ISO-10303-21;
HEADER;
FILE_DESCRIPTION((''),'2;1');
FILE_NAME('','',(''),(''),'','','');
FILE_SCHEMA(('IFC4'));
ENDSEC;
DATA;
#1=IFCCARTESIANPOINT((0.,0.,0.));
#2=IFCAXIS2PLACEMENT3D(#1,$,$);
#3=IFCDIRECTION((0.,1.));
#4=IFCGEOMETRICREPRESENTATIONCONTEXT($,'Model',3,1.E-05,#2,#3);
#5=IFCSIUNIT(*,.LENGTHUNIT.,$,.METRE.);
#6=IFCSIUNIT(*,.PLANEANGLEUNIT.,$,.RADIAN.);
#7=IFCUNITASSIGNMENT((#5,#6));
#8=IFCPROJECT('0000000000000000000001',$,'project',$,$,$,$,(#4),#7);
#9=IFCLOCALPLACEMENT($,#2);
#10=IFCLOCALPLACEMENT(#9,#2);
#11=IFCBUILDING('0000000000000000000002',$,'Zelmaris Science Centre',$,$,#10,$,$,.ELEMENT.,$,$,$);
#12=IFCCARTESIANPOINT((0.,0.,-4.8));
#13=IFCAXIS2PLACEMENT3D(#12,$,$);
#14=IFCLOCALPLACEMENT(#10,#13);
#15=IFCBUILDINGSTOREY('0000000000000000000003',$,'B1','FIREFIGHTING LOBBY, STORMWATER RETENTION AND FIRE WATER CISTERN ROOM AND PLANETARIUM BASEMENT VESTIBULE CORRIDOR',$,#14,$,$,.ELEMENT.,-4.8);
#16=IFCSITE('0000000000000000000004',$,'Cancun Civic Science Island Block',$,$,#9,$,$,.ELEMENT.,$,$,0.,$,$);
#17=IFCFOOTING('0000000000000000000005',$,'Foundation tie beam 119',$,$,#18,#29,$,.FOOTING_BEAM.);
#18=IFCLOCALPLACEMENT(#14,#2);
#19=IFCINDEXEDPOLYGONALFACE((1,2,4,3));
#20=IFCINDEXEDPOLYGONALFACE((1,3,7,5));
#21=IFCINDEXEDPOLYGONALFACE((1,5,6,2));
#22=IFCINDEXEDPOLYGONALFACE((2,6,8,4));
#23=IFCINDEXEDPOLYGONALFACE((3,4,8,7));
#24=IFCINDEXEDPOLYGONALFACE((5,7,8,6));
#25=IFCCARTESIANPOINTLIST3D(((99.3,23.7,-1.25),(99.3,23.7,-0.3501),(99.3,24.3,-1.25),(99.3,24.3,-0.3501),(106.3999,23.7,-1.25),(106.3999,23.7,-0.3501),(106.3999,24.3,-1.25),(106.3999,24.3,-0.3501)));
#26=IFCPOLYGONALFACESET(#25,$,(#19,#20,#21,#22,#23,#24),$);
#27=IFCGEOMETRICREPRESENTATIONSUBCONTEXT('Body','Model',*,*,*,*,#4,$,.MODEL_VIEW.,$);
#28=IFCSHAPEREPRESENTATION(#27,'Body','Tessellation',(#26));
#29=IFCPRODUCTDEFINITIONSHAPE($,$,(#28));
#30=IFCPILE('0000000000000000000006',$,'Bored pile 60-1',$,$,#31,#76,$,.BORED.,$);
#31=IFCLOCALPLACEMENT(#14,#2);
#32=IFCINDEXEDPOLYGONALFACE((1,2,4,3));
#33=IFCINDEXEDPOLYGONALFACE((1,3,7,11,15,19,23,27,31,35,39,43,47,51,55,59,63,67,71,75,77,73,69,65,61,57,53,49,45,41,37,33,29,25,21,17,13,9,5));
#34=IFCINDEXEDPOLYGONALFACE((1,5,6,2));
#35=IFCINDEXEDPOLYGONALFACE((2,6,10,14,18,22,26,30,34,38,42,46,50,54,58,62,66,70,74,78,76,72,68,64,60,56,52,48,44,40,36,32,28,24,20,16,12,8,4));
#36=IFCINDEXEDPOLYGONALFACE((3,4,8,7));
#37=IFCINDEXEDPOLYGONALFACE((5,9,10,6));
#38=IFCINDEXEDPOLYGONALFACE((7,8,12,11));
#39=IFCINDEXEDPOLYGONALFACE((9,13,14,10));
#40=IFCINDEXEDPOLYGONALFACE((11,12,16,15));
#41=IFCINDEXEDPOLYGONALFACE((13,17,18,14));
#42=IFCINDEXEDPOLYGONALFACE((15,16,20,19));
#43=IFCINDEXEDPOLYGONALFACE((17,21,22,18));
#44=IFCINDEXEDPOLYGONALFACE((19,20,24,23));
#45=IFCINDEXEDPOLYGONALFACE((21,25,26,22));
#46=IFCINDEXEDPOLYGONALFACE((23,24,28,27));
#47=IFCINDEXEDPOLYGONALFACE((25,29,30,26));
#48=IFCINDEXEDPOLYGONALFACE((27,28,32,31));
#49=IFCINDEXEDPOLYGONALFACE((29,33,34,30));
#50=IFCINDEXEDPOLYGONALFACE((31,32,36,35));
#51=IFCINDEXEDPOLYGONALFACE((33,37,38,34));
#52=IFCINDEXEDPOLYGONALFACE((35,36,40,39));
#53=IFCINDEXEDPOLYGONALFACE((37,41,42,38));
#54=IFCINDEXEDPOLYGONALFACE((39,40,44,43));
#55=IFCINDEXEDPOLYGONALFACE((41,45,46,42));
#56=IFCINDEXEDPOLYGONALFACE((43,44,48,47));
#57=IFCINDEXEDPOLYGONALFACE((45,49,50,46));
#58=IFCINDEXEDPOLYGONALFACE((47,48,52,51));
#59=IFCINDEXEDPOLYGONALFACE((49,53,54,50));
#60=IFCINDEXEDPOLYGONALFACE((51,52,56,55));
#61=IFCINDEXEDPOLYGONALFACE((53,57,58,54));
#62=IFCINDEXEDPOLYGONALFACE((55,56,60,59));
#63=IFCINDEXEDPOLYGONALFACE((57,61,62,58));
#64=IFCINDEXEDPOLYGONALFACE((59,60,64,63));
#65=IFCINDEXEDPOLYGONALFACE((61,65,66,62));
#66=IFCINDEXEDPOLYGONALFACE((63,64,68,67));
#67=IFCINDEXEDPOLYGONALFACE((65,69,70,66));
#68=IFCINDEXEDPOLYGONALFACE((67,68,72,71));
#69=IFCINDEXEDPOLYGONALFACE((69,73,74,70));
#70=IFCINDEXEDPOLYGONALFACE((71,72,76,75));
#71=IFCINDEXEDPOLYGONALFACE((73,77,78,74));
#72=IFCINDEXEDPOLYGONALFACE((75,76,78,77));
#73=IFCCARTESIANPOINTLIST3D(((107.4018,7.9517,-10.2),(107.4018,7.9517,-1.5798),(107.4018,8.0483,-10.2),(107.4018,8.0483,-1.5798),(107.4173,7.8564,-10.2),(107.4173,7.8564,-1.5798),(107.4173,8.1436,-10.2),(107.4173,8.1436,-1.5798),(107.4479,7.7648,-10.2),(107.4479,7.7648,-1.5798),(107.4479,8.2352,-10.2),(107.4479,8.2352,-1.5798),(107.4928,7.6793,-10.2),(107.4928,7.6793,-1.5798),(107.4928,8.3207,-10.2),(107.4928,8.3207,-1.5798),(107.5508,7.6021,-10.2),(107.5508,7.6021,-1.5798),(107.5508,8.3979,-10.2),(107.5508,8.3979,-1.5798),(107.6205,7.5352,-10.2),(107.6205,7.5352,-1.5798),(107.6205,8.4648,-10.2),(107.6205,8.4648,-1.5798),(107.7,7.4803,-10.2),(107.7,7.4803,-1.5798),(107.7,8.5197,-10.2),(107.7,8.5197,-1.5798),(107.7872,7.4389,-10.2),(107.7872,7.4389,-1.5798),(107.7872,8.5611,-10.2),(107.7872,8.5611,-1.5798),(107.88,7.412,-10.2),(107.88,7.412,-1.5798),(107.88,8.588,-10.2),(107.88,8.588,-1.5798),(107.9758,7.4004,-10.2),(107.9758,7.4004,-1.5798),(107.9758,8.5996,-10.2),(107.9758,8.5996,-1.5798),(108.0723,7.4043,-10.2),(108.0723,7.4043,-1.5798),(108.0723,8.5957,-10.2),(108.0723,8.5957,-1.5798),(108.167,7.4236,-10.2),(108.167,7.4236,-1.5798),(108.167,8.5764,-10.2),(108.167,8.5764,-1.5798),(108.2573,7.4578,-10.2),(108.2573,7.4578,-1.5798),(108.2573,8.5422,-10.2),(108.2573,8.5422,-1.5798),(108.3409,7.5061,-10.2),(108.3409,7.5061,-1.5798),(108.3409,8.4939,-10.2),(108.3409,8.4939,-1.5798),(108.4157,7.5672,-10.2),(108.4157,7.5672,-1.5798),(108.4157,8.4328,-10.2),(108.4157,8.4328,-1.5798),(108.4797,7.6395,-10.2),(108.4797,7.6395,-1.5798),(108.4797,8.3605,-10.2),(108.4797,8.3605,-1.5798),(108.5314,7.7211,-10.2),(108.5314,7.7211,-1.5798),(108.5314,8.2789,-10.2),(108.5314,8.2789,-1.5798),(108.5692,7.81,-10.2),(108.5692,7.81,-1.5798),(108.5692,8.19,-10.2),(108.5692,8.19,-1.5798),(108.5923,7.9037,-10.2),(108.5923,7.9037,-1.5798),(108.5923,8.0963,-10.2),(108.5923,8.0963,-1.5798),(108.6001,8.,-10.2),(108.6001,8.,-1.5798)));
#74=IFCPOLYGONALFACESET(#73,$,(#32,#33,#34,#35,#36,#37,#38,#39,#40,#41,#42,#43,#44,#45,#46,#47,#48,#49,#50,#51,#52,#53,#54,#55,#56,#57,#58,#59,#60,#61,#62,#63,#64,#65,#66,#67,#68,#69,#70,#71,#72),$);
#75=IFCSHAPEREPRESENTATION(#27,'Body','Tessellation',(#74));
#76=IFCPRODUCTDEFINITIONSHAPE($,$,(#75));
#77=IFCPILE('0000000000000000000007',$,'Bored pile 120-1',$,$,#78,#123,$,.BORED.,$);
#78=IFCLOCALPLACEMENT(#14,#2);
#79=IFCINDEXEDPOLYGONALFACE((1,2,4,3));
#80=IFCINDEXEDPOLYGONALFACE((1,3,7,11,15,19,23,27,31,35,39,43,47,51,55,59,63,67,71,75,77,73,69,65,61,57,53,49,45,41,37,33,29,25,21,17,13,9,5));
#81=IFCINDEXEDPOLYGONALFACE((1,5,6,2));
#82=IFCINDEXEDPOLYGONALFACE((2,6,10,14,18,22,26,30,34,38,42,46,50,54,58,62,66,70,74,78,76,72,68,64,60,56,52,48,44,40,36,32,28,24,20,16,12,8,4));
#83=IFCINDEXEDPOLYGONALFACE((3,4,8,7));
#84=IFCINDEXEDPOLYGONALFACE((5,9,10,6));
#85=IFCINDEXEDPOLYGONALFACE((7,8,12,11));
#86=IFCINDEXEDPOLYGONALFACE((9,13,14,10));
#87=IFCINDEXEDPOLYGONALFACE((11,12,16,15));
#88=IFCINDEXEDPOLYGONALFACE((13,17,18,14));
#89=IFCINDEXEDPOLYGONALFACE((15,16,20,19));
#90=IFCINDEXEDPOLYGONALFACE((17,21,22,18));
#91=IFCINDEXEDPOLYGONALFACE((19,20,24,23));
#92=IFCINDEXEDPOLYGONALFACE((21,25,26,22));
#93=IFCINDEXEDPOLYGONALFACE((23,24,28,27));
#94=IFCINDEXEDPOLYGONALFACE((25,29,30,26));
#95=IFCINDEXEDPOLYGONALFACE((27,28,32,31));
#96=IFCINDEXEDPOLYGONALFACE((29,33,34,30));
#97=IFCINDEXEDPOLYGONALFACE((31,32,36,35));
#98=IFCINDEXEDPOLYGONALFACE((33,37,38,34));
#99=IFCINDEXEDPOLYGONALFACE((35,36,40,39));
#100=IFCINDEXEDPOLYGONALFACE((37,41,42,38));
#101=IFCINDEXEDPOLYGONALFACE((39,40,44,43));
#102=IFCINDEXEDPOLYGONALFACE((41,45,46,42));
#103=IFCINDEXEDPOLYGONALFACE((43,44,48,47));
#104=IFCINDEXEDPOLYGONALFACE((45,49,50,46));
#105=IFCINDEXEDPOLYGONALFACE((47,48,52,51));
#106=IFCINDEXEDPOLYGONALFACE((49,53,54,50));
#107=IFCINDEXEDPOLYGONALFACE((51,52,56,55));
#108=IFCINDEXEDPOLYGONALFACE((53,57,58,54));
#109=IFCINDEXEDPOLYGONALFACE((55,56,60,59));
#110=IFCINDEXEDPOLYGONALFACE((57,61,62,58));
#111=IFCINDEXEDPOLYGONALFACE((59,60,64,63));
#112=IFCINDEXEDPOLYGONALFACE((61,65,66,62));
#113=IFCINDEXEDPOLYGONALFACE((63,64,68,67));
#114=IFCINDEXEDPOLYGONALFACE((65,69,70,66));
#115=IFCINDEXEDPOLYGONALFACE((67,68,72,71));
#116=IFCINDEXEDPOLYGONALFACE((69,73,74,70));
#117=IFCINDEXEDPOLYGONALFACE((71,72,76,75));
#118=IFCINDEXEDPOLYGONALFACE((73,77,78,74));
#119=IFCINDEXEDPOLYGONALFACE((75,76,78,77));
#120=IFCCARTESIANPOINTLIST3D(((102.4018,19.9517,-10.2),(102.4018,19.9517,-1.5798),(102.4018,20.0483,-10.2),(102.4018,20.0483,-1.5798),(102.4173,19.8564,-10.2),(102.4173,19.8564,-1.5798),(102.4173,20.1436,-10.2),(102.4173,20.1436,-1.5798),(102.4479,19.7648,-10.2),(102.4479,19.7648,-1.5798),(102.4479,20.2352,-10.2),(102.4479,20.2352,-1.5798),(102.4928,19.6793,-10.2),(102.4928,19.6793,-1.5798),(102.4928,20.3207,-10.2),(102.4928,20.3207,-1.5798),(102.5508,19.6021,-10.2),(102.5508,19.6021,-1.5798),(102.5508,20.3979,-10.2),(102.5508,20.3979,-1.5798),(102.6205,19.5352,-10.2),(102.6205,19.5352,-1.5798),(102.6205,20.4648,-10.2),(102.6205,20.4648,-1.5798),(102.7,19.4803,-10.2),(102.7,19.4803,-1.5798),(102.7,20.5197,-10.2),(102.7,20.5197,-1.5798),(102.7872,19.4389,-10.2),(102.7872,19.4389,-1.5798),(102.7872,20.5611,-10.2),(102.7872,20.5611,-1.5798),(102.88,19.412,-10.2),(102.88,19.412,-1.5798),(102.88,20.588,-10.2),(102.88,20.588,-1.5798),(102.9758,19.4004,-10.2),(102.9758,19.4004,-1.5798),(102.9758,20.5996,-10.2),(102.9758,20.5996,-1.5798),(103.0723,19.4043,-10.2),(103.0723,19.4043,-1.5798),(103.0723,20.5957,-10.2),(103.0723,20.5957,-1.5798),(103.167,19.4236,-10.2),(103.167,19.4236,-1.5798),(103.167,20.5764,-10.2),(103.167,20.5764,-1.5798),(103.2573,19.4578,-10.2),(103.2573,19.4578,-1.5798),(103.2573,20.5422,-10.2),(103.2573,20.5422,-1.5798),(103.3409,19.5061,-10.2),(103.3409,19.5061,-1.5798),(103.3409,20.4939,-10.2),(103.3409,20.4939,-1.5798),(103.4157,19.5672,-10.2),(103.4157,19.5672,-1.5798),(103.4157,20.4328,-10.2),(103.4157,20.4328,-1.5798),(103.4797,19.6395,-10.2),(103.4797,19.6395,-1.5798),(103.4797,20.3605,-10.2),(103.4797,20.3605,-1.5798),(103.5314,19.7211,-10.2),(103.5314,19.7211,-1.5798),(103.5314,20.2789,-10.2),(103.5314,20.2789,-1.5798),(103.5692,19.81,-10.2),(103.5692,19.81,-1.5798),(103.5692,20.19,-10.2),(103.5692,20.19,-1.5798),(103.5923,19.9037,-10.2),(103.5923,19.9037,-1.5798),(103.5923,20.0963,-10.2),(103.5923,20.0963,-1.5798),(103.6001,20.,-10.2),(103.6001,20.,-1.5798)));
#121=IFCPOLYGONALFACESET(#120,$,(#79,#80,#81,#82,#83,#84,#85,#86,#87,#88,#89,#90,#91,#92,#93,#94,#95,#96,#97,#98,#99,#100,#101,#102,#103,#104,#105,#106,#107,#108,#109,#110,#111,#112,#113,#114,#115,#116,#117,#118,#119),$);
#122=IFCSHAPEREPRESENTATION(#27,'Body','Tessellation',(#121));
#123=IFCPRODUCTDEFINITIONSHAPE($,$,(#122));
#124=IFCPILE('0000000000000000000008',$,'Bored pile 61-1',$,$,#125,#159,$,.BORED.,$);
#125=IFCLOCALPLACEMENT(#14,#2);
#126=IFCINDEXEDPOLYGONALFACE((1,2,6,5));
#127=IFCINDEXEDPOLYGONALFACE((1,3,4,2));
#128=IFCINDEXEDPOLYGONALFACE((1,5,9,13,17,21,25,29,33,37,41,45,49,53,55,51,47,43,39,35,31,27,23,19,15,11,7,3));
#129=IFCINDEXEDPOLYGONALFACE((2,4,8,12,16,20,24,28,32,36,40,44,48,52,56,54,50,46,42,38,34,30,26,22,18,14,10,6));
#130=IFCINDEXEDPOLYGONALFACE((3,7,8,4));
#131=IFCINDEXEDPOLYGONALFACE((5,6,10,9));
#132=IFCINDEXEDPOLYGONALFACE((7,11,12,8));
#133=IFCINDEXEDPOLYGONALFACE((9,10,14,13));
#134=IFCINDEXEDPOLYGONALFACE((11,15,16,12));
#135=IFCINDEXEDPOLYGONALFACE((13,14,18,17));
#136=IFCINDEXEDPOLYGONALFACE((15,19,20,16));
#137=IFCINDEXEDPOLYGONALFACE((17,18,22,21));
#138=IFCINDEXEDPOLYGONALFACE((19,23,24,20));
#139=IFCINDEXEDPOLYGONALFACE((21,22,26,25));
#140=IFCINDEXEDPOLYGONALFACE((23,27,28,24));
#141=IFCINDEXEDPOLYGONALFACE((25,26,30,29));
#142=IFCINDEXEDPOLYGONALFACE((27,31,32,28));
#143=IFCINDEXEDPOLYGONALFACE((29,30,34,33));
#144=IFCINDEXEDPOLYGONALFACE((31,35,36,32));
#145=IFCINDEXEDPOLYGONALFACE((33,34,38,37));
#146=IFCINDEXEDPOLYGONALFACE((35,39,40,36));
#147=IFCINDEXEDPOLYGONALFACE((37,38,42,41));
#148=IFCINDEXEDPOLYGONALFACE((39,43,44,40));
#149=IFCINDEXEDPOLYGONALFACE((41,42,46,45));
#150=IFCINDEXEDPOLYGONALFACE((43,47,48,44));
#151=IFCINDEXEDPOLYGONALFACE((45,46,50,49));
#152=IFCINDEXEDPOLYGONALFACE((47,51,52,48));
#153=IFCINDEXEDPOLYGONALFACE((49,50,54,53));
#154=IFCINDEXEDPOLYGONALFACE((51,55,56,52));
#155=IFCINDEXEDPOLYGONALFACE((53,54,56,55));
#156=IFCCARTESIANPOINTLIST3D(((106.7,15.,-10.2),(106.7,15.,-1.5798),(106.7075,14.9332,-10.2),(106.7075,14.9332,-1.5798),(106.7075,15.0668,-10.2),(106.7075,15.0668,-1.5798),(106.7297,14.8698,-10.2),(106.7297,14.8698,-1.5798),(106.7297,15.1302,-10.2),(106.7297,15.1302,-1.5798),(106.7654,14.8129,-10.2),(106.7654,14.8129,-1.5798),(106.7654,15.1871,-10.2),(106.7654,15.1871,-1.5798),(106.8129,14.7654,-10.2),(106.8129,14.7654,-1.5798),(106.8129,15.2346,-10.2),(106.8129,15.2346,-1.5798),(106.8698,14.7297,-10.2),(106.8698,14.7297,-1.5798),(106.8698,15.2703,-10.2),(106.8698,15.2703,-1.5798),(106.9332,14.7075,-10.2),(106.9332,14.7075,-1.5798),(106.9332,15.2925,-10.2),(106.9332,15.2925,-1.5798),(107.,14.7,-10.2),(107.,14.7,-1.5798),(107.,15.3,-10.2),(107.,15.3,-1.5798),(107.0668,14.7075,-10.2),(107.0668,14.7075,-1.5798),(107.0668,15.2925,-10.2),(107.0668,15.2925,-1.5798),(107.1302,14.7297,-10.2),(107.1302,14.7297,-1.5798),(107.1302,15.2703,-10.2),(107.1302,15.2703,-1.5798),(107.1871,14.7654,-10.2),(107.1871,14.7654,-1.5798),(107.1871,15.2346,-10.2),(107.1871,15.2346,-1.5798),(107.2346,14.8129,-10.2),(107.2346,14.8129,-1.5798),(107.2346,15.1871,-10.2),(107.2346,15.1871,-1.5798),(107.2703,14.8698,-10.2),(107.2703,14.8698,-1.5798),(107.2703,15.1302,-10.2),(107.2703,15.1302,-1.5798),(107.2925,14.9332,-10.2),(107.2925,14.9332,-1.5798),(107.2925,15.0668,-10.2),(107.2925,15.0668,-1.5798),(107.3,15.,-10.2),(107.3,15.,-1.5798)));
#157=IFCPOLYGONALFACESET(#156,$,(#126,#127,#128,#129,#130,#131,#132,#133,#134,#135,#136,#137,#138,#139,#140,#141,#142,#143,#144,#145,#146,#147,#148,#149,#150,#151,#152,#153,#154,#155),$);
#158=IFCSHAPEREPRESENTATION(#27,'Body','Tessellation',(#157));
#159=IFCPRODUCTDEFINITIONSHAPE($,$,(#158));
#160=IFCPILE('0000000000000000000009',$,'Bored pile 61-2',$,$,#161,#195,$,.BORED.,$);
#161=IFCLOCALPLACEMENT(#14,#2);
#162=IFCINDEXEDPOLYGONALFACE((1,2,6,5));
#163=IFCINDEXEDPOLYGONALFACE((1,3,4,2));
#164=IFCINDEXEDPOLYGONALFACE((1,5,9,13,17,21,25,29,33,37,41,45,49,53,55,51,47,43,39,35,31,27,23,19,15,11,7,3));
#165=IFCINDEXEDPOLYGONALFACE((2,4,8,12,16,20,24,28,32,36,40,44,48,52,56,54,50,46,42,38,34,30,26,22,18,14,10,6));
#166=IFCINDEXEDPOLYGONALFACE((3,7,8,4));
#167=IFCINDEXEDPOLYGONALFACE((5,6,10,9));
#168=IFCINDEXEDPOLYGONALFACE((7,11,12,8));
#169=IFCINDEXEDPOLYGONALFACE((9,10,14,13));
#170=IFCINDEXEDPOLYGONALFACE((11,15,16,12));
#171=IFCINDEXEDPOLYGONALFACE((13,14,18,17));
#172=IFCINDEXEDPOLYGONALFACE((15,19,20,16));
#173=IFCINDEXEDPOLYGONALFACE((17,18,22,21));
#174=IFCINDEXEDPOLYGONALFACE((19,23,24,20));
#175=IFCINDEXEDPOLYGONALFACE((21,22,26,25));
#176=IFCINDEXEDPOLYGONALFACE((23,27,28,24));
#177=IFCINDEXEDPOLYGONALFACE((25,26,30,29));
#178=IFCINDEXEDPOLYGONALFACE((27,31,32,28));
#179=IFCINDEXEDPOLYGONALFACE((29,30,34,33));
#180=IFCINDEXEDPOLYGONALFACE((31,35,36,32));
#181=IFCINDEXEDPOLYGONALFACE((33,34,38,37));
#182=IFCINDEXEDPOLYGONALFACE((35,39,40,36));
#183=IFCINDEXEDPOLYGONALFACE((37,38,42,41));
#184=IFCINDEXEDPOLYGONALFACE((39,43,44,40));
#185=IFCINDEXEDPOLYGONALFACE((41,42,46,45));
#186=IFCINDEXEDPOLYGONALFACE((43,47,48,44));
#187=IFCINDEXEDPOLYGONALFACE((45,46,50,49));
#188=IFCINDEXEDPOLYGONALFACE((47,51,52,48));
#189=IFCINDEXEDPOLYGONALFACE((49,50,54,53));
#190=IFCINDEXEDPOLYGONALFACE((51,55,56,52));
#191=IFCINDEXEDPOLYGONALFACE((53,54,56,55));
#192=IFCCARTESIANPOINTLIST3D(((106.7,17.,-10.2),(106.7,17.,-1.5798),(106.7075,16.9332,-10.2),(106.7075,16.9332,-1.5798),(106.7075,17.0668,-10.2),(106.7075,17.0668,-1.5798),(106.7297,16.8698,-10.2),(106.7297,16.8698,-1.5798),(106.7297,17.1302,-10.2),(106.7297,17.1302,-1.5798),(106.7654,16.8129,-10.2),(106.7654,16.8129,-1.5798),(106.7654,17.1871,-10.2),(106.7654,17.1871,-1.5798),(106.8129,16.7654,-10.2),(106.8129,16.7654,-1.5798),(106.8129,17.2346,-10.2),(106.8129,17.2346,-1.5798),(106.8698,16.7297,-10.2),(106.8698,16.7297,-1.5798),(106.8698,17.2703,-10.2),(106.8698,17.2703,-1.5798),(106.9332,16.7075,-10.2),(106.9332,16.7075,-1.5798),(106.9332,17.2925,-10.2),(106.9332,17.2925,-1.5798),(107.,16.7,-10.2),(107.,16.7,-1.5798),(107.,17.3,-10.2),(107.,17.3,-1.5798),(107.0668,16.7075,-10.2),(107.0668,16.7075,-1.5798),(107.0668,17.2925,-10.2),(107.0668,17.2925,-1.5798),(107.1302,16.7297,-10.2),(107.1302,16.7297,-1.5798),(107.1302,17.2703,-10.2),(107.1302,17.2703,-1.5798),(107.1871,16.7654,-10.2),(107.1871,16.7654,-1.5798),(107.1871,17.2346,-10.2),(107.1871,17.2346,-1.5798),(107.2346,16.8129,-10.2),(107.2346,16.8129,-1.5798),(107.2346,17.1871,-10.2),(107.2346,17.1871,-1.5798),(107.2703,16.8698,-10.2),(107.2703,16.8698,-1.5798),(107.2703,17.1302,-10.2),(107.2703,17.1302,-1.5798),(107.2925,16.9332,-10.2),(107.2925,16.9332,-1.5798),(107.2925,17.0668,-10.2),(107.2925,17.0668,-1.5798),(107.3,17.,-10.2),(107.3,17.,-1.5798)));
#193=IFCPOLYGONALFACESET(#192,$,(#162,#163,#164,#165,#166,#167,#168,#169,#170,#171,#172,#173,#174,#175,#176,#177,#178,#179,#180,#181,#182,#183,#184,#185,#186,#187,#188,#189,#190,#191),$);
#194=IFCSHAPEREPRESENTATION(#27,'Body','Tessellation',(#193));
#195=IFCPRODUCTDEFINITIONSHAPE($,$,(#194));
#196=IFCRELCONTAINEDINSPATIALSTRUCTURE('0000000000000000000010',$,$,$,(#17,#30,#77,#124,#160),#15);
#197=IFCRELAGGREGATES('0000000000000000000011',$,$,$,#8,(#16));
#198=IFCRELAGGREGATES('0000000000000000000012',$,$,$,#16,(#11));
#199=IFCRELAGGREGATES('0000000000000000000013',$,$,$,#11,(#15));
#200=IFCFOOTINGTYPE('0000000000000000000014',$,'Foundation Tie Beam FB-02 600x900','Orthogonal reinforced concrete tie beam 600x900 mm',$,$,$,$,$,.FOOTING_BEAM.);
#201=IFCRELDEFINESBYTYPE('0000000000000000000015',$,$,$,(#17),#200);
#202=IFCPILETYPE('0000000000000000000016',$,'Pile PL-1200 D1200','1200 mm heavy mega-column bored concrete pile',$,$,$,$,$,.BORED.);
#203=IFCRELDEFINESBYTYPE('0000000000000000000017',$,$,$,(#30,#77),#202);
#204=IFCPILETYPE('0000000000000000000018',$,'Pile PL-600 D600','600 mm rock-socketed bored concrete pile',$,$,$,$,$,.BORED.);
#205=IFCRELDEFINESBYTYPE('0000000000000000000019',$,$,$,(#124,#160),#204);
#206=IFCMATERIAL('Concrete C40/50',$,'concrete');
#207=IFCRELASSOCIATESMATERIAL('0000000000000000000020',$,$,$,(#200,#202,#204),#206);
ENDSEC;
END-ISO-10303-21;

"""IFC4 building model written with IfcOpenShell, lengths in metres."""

from ifc_helpers import new_model, si_unit, direction, frame, origin, origin_2d, place, context, subcontext, project, spatial, rectangle, circle, extrude, material, material_profile, profile_set, type_object, element, save


model = new_model("IFC4")

# Units and contexts
model_context = context("Model", 3, precision=1e-05, world=origin(), true_north=direction((0.0, 1.0)))
body_context = subcontext(model_context, "Body", "Model", "MODEL_VIEW")
ifc_project = project(units=[si_unit("LENGTHUNIT", "METRE"), si_unit("PLANEANGLEUNIT", "RADIAN")], contexts=[model_context])

# Site, building, storey
site_placement = place(None, origin())
site = spatial("IfcSite", under=ifc_project, at=site_placement, Name="Cancun Civic Science Island Block", CompositionType="ELEMENT", RefElevation=0.0)
building_placement = place(site_placement, origin())
building = spatial("IfcBuilding", under=site, at=building_placement, Name="Zelmaris Science Centre", CompositionType="ELEMENT")
storey_placement = place(building_placement, frame((0.0, 0.0, -4.8)))
storey = spatial("IfcBuildingStorey", under=building, at=storey_placement, Name="B1", Description="FIREFIGHTING LOBBY, STORMWATER RETENTION AND FIRE WATER CISTERN ROOM AND PLANETARIUM BASEMENT VESTIBULE CORRIDOR", CompositionType="ELEMENT", Elevation=-4.8)

# Footing
ifc_material_1 = material(Name="Concrete C40/50", Category="concrete")
ifc_material_profile_1 = material_profile(ifc_material_1, rectangle(XDim=0.6001, YDim=0.8999, at=origin_2d()), Name="FB-600X900")
ifc_profile_set_1 = profile_set([ifc_material_profile_1], Name="Concrete C40/50")
footing_type = type_object("IfcFootingType", Name="Foundation Tie Beam FB-02 600x900", Description="Orthogonal reinforced concrete tie beam 600x900 mm", PredefinedType="FOOTING_BEAM", material=ifc_profile_set_1)
footing_placement = place(storey_placement, frame((99.3, 24.0, -0.8), z_axis=(1.0, 0.0, 0.0), x_axis=(0.0, 1.0, 0.0)))
element("IfcFooting", 1, at=footing_placement, inside=storey, type_object=footing_type, Name="Foundation tie beam 119", PredefinedType="FOOTING_BEAM", context=body_context, shape_type="SweptSolid", body=[
    extrude(rectangle(XDim=0.6001, YDim=0.8999, at=origin_2d()), origin(), (0.0, 0.0, 1.0), 7.0999),
])

# Piles
ifc_material_profile_2 = material_profile(ifc_material_1, circle(Radius=0.6001, at=origin_2d()), Name="PILE-1200")
ifc_profile_set_2 = profile_set([ifc_material_profile_2], Name="Concrete C40/50")
pile_type_1 = type_object("IfcPileType", Name="Pile PL-1200 D1200", Description="1200 mm heavy mega-column bored concrete pile", PredefinedType="BORED", material=ifc_profile_set_2)
for number, where, z_axis, x_axis, name in (
    (2, (108.0, 8.0, -1.5798), (0.0, 0.0, -1.0), (1.0, 0.0, 0.0), "Bored pile 60-1"),
    (3, (103.0, 20.0, -1.5798), (0.0, 0.0, -1.0), (1.0, 0.0, 0.0), "Bored pile 120-1"),
):
    element("IfcPile", number, at=place(storey_placement, frame(where, z_axis=z_axis, x_axis=x_axis)), inside=storey, type_object=pile_type_1, Name=name, PredefinedType="BORED", context=body_context, shape_type="SweptSolid", body=[
        extrude(circle(Radius=0.6001, at=origin_2d()), origin(), (0.0, 0.0, 1.0), 8.6201),
    ])
ifc_material_profile_3 = material_profile(ifc_material_1, circle(Radius=0.3, at=origin_2d()), Name="PILE-600")
ifc_profile_set_3 = profile_set([ifc_material_profile_3], Name="Concrete C40/50")
pile_type_2 = type_object("IfcPileType", Name="Pile PL-600 D600", Description="600 mm rock-socketed bored concrete pile", PredefinedType="BORED", material=ifc_profile_set_3)
for number, where, z_axis, x_axis, name in (
    (4, (107.0, 15.0, -1.5798), (0.0, 0.0, -1.0), (1.0, 0.0, 0.0), "Bored pile 61-1"),
    (5, (107.0, 17.0, -1.5798), (0.0, 0.0, -1.0), (1.0, 0.0, 0.0), "Bored pile 61-2"),
):
    element("IfcPile", number, at=place(storey_placement, frame(where, z_axis=z_axis, x_axis=x_axis)), inside=storey, type_object=pile_type_2, Name=name, PredefinedType="BORED", context=body_context, shape_type="SweptSolid", body=[
        extrude(circle(Radius=0.3, at=origin_2d()), origin(), (0.0, 0.0, 1.0), 8.6201),
    ])

save(model, "model.ifc")
